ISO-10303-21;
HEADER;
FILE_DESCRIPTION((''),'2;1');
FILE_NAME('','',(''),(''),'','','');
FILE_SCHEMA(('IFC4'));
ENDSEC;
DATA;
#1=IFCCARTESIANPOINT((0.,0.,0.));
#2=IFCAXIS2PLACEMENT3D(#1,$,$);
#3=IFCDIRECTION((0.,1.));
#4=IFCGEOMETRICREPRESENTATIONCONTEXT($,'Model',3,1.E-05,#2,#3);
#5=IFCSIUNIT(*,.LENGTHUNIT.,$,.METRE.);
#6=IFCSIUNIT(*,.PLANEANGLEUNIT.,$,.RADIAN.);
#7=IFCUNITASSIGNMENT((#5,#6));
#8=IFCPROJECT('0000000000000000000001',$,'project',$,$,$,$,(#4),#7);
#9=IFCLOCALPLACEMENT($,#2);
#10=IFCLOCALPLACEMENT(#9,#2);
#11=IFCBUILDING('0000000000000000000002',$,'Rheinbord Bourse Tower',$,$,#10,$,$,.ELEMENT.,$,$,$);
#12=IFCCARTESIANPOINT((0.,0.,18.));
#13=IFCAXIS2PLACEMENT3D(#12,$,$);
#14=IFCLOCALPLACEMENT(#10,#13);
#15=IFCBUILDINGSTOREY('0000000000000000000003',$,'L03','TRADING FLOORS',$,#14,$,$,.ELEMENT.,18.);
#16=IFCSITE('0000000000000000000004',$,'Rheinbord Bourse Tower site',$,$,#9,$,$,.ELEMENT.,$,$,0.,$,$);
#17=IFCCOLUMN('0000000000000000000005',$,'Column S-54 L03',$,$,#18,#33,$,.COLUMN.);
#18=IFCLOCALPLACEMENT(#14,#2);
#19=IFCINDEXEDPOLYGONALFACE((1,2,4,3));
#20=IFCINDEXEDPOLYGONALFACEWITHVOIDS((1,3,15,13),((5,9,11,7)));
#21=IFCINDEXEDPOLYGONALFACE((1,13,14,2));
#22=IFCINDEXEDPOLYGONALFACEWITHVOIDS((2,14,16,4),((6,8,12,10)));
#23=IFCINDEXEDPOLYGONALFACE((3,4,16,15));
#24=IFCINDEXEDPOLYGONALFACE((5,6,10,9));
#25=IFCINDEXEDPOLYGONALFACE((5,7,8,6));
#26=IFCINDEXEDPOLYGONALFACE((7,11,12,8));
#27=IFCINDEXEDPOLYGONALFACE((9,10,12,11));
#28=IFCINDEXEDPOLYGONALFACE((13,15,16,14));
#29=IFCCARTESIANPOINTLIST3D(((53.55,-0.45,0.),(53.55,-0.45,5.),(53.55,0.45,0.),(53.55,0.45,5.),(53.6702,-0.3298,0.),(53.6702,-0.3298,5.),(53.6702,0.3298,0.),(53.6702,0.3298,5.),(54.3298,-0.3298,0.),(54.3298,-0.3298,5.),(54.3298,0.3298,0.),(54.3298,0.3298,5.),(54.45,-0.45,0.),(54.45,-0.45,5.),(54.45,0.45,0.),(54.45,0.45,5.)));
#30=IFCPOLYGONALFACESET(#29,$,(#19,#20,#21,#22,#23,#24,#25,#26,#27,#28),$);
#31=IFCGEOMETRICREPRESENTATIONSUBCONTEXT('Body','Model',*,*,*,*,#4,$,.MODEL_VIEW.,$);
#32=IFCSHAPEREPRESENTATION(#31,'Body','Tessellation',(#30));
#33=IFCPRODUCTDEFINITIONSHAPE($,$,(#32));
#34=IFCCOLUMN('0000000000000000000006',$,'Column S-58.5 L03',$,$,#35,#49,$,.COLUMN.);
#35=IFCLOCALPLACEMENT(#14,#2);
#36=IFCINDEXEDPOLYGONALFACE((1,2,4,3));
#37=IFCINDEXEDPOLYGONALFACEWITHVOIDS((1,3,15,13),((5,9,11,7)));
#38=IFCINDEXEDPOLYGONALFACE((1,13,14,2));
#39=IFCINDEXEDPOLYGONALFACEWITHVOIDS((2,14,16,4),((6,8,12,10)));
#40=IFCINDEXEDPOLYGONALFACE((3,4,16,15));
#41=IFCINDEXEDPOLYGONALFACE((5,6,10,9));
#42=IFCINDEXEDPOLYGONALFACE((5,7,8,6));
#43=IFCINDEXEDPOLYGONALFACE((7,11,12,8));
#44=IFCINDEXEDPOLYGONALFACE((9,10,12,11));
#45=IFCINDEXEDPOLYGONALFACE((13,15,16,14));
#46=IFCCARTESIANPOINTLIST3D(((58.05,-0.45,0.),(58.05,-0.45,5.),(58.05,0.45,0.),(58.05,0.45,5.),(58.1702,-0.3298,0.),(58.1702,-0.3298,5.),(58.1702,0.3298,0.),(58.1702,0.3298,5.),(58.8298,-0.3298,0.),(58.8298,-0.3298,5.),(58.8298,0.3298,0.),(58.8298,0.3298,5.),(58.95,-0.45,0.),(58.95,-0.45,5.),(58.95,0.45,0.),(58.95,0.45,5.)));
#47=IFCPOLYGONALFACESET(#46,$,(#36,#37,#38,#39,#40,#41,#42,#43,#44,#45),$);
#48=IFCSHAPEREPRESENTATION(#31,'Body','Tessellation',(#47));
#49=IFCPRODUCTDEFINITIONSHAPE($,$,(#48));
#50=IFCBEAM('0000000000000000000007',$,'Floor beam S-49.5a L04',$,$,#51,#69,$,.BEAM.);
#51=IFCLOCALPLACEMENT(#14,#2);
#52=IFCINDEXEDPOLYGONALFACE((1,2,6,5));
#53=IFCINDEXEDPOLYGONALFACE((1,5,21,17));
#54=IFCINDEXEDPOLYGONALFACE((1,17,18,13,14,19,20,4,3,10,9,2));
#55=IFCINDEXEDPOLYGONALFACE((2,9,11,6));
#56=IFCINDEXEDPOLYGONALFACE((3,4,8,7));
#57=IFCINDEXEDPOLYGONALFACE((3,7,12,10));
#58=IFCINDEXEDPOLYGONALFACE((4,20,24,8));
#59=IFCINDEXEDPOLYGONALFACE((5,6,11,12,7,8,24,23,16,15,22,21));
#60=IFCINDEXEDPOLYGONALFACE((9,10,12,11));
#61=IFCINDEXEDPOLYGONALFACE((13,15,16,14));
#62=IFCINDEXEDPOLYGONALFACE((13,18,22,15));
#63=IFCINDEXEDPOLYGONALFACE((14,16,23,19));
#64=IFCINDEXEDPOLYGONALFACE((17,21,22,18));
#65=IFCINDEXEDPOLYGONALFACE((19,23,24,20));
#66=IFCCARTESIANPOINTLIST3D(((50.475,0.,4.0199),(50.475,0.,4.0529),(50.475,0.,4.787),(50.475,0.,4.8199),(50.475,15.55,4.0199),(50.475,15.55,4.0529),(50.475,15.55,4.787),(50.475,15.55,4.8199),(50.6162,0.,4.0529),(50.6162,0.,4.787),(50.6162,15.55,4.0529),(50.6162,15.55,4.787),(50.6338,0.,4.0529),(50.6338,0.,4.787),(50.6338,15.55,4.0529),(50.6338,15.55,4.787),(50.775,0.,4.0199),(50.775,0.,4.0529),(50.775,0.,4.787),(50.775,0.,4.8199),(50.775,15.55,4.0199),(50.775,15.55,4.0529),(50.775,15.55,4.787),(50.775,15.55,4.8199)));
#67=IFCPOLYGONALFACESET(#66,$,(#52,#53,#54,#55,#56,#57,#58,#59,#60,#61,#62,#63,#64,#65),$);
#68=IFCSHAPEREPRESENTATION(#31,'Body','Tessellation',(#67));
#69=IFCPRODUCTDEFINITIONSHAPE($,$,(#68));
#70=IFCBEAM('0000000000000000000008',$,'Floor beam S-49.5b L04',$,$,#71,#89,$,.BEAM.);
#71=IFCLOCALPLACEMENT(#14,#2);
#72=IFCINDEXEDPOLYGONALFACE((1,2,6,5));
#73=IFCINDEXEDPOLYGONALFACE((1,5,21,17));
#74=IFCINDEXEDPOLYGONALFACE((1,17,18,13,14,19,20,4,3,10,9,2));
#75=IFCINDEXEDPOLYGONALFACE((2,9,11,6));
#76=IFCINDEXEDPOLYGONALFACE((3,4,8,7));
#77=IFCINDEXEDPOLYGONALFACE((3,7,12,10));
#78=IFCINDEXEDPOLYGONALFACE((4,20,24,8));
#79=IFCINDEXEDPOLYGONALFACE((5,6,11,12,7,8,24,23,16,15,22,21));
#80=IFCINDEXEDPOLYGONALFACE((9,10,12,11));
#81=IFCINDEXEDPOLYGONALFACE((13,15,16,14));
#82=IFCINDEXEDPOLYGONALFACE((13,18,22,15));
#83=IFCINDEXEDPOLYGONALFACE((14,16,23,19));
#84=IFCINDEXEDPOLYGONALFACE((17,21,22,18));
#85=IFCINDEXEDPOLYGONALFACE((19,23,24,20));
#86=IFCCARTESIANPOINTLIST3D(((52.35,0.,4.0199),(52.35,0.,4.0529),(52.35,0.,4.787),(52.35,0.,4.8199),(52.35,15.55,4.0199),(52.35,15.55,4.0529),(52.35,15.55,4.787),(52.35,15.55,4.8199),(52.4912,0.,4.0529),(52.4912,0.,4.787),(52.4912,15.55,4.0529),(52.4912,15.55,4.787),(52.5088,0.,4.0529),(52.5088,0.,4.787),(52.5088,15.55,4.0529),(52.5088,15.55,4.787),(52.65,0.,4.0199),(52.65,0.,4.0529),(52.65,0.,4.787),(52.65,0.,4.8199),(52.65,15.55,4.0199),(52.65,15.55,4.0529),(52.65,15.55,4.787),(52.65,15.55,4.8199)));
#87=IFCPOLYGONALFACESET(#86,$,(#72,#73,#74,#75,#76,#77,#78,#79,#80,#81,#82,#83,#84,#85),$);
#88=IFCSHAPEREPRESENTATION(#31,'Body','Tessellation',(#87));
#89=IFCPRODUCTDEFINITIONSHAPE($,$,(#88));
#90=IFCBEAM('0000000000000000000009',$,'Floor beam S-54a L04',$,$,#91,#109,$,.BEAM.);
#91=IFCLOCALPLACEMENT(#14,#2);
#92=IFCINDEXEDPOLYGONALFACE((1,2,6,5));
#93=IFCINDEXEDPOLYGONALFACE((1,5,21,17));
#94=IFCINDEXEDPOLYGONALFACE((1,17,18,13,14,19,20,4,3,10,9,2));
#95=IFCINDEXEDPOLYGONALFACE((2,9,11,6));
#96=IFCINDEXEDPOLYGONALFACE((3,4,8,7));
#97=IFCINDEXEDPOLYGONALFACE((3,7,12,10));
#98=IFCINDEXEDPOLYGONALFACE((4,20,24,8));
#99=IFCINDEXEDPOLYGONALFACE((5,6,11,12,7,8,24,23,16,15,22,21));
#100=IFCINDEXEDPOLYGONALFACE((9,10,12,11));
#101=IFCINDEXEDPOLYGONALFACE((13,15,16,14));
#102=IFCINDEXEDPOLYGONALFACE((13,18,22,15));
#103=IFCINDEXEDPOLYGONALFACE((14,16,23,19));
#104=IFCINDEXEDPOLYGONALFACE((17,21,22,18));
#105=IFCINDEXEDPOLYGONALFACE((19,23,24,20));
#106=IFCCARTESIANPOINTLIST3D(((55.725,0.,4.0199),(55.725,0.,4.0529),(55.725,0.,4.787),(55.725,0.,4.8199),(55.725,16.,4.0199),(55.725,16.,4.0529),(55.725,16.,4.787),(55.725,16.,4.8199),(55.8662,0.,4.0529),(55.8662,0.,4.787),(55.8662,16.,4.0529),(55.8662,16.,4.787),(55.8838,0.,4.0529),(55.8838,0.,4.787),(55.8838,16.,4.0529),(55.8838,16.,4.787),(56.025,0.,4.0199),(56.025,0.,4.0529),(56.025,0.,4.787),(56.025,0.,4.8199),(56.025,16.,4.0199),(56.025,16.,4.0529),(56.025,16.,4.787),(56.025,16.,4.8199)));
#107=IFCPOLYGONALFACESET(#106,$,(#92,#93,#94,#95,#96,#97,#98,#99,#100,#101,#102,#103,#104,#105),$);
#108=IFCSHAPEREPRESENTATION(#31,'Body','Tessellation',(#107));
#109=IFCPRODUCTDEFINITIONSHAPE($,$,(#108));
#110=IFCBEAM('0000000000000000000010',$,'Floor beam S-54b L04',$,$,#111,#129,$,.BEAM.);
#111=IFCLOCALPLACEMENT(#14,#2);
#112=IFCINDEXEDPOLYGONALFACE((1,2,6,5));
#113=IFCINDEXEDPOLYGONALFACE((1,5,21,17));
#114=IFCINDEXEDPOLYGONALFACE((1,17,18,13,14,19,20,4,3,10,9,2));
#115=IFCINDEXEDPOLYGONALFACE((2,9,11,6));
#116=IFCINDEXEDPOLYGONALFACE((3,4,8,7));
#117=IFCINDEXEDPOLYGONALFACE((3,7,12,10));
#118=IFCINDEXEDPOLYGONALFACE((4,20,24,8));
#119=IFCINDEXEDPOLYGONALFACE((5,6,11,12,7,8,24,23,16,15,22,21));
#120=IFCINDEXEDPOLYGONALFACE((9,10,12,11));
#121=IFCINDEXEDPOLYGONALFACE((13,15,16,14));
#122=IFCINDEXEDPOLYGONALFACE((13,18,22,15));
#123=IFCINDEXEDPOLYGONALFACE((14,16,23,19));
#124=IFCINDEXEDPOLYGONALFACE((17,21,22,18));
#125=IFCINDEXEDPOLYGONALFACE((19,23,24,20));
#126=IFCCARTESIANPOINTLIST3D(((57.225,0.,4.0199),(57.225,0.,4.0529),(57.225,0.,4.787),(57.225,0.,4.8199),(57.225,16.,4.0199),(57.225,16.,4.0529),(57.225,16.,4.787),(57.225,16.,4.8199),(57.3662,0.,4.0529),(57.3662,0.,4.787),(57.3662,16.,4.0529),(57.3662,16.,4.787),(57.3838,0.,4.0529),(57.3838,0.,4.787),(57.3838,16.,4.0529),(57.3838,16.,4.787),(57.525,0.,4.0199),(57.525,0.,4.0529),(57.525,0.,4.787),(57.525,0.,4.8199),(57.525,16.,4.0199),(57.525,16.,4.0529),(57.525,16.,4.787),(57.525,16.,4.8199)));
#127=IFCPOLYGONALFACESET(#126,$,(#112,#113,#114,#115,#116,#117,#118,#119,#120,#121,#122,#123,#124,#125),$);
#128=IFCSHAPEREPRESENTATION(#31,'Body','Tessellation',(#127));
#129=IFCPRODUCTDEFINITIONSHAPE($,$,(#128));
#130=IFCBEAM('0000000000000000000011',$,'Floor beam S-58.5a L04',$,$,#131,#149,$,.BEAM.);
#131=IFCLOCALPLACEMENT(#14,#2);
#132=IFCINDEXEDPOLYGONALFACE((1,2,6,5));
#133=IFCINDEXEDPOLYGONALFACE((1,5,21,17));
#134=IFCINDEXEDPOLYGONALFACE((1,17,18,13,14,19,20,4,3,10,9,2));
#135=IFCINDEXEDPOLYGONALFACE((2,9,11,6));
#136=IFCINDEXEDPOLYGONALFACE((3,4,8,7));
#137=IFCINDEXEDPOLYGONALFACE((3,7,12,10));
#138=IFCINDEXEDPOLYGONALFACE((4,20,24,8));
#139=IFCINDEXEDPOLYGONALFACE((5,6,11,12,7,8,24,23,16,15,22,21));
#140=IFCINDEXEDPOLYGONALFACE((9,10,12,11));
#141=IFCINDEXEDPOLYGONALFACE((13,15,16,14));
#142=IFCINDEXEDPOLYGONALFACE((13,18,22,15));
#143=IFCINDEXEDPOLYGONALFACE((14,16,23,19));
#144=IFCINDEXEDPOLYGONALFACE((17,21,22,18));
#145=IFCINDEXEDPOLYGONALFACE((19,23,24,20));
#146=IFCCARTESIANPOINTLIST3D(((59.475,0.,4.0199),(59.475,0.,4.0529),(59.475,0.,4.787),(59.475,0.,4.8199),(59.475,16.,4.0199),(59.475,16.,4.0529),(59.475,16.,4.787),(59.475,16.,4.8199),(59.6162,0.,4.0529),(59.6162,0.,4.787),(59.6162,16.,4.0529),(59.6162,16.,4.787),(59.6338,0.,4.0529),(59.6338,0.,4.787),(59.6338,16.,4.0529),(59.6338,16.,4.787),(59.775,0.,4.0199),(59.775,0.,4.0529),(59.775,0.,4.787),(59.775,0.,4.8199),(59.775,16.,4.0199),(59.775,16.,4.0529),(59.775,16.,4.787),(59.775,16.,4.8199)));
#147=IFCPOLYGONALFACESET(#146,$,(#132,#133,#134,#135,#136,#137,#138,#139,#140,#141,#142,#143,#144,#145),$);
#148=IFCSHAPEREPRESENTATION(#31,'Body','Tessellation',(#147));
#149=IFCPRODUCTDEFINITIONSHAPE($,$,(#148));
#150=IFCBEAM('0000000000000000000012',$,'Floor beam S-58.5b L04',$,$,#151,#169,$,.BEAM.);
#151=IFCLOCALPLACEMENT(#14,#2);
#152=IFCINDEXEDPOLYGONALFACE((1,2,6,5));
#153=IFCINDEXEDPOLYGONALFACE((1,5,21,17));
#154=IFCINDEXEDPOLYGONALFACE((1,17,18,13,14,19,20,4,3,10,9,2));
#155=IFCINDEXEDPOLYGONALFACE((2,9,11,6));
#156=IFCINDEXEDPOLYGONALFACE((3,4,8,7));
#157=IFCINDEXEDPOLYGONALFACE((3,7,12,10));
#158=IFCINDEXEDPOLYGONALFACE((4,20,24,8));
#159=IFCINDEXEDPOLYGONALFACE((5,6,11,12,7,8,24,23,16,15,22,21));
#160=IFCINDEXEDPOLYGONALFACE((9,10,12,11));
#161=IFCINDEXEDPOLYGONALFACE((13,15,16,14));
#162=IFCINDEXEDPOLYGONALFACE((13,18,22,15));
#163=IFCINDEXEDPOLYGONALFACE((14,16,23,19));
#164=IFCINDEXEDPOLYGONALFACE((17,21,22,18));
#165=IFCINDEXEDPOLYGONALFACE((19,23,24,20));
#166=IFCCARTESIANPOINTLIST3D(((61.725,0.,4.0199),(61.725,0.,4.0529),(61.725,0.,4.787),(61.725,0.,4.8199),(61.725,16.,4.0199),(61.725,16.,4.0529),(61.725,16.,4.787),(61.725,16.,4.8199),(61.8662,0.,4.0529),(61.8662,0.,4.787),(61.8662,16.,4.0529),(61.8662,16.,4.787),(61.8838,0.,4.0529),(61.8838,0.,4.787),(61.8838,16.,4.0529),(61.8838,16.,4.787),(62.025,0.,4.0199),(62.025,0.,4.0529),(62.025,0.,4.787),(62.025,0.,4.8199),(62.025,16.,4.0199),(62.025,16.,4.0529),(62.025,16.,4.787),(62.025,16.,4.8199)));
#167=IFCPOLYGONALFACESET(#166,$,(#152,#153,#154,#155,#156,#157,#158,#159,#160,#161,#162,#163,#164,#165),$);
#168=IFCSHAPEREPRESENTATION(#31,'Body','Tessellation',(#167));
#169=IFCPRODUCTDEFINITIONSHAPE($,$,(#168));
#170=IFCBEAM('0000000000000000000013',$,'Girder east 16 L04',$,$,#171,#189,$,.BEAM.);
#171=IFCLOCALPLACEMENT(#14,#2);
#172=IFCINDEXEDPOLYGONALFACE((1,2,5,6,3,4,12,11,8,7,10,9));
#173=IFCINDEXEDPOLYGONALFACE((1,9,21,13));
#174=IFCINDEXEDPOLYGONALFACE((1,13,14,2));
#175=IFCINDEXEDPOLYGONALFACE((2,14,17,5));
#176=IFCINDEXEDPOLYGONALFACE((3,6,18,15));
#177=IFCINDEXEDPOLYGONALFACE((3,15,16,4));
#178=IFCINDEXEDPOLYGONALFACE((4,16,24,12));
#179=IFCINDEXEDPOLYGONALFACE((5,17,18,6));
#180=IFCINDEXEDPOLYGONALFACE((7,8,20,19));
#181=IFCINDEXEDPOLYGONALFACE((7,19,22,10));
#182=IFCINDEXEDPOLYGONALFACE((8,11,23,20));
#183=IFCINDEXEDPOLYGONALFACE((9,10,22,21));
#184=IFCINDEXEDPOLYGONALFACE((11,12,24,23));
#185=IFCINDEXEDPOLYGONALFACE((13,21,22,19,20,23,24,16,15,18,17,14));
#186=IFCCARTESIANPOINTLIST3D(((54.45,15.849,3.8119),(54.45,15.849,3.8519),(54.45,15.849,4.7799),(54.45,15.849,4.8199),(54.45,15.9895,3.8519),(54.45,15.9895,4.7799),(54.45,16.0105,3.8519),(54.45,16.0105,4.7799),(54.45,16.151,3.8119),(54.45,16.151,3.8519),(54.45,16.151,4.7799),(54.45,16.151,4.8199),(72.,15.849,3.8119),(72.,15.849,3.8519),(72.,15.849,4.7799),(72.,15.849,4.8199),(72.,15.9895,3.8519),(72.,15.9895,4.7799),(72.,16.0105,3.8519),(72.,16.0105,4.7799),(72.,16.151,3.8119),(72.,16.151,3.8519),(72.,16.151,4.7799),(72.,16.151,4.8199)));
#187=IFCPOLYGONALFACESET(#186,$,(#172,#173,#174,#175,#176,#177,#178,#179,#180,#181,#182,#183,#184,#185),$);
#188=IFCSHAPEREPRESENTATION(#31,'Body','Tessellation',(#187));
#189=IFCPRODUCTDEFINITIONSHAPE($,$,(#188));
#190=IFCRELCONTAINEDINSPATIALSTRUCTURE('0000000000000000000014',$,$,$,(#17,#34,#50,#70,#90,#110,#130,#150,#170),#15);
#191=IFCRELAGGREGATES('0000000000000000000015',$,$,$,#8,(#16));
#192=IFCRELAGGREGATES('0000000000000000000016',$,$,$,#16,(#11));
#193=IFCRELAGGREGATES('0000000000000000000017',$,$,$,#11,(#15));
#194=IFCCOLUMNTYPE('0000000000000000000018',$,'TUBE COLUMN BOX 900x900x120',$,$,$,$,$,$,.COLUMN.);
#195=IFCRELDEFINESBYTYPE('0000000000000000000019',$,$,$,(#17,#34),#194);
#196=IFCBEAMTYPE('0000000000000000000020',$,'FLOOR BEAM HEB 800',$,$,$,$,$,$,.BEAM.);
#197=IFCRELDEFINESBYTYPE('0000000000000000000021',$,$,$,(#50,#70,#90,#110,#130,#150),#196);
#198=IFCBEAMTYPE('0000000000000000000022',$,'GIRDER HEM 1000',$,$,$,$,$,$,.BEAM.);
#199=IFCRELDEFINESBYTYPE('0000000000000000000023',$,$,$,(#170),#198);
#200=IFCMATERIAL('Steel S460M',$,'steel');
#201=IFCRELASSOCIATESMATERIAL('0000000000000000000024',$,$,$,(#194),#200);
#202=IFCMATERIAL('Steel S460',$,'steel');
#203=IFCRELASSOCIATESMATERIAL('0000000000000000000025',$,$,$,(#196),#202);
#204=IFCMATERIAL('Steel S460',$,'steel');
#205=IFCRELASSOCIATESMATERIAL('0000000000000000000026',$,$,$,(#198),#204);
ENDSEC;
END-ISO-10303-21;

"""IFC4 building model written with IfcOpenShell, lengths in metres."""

from ifc_helpers import new_model, si_unit, direction, frame, origin, origin_2d, place, context, subcontext, project, spatial, hollow_rectangle, i_section, extrude, material, material_profile, profile_set, type_object, element, save


model = new_model("IFC4")

# Units and contexts
model_context = context("Model", 3, precision=1e-05, world=origin(), true_north=direction((0.0, 1.0)))
body_context = subcontext(model_context, "Body", "Model", "MODEL_VIEW")
ifc_project = project(units=[si_unit("LENGTHUNIT", "METRE"), si_unit("PLANEANGLEUNIT", "RADIAN")], contexts=[model_context])

# Site, building, storey
site_placement = place(None, origin())
site = spatial("IfcSite", under=ifc_project, at=site_placement, Name="Rheinbord Bourse Tower site", CompositionType="ELEMENT", RefElevation=0.0)
building_placement = place(site_placement, origin())
building = spatial("IfcBuilding", under=site, at=building_placement, Name="Rheinbord Bourse Tower", CompositionType="ELEMENT")
storey_placement = place(building_placement, frame((0.0, 0.0, 18.0)))
storey = spatial("IfcBuildingStorey", under=building, at=storey_placement, Name="L03", Description="TRADING FLOORS", CompositionType="ELEMENT", Elevation=18.0)

# Columns
ifc_material_1 = material(Name="Steel S460M", Category="steel")
ifc_material_profile_1 = material_profile(ifc_material_1, hollow_rectangle(XDim=0.8999, YDim=0.8999, WallThickness=0.1201, at=origin_2d()), Name="BOX 900x900x120")
ifc_profile_set_1 = profile_set([ifc_material_profile_1], Name="Steel S460M")
column_type = type_object("IfcColumnType", Name="TUBE COLUMN BOX 900x900x120", PredefinedType="COLUMN", material=ifc_profile_set_1)
for number, where, z_axis, x_axis, name in (
    (1, (54.0, 0.0, 0.0), (0.0, 0.0, 1.0), (0.0, 1.0, 0.0), "Column S-54 L03"),
    (2, (58.5, 0.0, 0.0), (0.0, 0.0, 1.0), (0.0, 1.0, 0.0), "Column S-58.5 L03"),
):
    element("IfcColumn", number, at=place(storey_placement, frame(where, z_axis=z_axis, x_axis=x_axis)), inside=storey, type_object=column_type, Name=name, PredefinedType="COLUMN", context=body_context, shape_type="SweptSolid", body=[
        extrude(hollow_rectangle(XDim=0.8999, YDim=0.8999, WallThickness=0.1201, at=origin_2d()), origin(), (0.0, 0.0, 1.0), 5.0),
    ])

# Beams
ifc_material_2 = material(Name="Steel S460", Category="steel")
ifc_material_profile_2 = material_profile(ifc_material_2, i_section(OverallWidth=0.3, OverallDepth=0.8, WebThickness=0.0176, FlangeThickness=0.033, at=origin_2d()), Name="HEB 800")
ifc_profile_set_2 = profile_set([ifc_material_profile_2], Name="Steel S460")
beam_type_1 = type_object("IfcBeamType", Name="FLOOR BEAM HEB 800", PredefinedType="BEAM", material=ifc_profile_set_2)
for number, where, z_axis, x_axis, name in (
    (3, (50.625, 0.0, 4.4199), (0.0, 1.0, 0.0), (-1.0, 0.0, 0.0), "Floor beam S-49.5a L04"),
    (4, (52.5, 0.0, 4.4199), (0.0, 1.0, 0.0), (-1.0, 0.0, 0.0), "Floor beam S-49.5b L04"),
):
    element("IfcBeam", number, at=place(storey_placement, frame(where, z_axis=z_axis, x_axis=x_axis)), inside=storey, type_object=beam_type_1, Name=name, PredefinedType="BEAM", context=body_context, shape_type="SweptSolid", body=[
        extrude(i_section(OverallWidth=0.3, OverallDepth=0.8, WebThickness=0.0176, FlangeThickness=0.033, at=origin_2d()), origin(), (0.0, 0.0, 1.0), 15.55),
    ])
for number, where, z_axis, x_axis, name in (
    (5, (55.875, 0.0, 4.4199), (0.0, 1.0, 0.0), (-1.0, 0.0, 0.0), "Floor beam S-54a L04"),
    (6, (57.375, 0.0, 4.4199), (0.0, 1.0, 0.0), (-1.0, 0.0, 0.0), "Floor beam S-54b L04"),
    (7, (59.625, 0.0, 4.4199), (0.0, 1.0, 0.0), (-1.0, 0.0, 0.0), "Floor beam S-58.5a L04"),
    (8, (61.875, 0.0, 4.4199), (0.0, 1.0, 0.0), (-1.0, 0.0, 0.0), "Floor beam S-58.5b L04"),
):
    element("IfcBeam", number, at=place(storey_placement, frame(where, z_axis=z_axis, x_axis=x_axis)), inside=storey, type_object=beam_type_1, Name=name, PredefinedType="BEAM", context=body_context, shape_type="SweptSolid", body=[
        extrude(i_section(OverallWidth=0.3, OverallDepth=0.8, WebThickness=0.0176, FlangeThickness=0.033, at=origin_2d()), origin(), (0.0, 0.0, 1.0), 16.0),
    ])
ifc_material_3 = material(Name="Steel S460", Category="steel")
ifc_material_profile_3 = material_profile(ifc_material_3, i_section(OverallWidth=0.302, OverallDepth=1.0081, WebThickness=0.021, FlangeThickness=0.04, at=origin_2d()), Name="HEM 1000")
ifc_profile_set_3 = profile_set([ifc_material_profile_3], Name="Steel S460")
beam_type_2 = type_object("IfcBeamType", Name="GIRDER HEM 1000", PredefinedType="BEAM", material=ifc_profile_set_3)
beam_1_placement = place(storey_placement, frame((54.45, 16.0, 4.3159), z_axis=(1.0, 0.0, 0.0), x_axis=(0.0, 1.0, 0.0)))
element("IfcBeam", 9, at=beam_1_placement, inside=storey, type_object=beam_type_2, Name="Girder east 16 L04", PredefinedType="BEAM", context=body_context, shape_type="SweptSolid", body=[
    extrude(i_section(OverallWidth=0.302, OverallDepth=1.0081, WebThickness=0.021, FlangeThickness=0.04, at=origin_2d()), origin(), (0.0, 0.0, 1.0), 17.55),
])

save(model, "model.ifc")
